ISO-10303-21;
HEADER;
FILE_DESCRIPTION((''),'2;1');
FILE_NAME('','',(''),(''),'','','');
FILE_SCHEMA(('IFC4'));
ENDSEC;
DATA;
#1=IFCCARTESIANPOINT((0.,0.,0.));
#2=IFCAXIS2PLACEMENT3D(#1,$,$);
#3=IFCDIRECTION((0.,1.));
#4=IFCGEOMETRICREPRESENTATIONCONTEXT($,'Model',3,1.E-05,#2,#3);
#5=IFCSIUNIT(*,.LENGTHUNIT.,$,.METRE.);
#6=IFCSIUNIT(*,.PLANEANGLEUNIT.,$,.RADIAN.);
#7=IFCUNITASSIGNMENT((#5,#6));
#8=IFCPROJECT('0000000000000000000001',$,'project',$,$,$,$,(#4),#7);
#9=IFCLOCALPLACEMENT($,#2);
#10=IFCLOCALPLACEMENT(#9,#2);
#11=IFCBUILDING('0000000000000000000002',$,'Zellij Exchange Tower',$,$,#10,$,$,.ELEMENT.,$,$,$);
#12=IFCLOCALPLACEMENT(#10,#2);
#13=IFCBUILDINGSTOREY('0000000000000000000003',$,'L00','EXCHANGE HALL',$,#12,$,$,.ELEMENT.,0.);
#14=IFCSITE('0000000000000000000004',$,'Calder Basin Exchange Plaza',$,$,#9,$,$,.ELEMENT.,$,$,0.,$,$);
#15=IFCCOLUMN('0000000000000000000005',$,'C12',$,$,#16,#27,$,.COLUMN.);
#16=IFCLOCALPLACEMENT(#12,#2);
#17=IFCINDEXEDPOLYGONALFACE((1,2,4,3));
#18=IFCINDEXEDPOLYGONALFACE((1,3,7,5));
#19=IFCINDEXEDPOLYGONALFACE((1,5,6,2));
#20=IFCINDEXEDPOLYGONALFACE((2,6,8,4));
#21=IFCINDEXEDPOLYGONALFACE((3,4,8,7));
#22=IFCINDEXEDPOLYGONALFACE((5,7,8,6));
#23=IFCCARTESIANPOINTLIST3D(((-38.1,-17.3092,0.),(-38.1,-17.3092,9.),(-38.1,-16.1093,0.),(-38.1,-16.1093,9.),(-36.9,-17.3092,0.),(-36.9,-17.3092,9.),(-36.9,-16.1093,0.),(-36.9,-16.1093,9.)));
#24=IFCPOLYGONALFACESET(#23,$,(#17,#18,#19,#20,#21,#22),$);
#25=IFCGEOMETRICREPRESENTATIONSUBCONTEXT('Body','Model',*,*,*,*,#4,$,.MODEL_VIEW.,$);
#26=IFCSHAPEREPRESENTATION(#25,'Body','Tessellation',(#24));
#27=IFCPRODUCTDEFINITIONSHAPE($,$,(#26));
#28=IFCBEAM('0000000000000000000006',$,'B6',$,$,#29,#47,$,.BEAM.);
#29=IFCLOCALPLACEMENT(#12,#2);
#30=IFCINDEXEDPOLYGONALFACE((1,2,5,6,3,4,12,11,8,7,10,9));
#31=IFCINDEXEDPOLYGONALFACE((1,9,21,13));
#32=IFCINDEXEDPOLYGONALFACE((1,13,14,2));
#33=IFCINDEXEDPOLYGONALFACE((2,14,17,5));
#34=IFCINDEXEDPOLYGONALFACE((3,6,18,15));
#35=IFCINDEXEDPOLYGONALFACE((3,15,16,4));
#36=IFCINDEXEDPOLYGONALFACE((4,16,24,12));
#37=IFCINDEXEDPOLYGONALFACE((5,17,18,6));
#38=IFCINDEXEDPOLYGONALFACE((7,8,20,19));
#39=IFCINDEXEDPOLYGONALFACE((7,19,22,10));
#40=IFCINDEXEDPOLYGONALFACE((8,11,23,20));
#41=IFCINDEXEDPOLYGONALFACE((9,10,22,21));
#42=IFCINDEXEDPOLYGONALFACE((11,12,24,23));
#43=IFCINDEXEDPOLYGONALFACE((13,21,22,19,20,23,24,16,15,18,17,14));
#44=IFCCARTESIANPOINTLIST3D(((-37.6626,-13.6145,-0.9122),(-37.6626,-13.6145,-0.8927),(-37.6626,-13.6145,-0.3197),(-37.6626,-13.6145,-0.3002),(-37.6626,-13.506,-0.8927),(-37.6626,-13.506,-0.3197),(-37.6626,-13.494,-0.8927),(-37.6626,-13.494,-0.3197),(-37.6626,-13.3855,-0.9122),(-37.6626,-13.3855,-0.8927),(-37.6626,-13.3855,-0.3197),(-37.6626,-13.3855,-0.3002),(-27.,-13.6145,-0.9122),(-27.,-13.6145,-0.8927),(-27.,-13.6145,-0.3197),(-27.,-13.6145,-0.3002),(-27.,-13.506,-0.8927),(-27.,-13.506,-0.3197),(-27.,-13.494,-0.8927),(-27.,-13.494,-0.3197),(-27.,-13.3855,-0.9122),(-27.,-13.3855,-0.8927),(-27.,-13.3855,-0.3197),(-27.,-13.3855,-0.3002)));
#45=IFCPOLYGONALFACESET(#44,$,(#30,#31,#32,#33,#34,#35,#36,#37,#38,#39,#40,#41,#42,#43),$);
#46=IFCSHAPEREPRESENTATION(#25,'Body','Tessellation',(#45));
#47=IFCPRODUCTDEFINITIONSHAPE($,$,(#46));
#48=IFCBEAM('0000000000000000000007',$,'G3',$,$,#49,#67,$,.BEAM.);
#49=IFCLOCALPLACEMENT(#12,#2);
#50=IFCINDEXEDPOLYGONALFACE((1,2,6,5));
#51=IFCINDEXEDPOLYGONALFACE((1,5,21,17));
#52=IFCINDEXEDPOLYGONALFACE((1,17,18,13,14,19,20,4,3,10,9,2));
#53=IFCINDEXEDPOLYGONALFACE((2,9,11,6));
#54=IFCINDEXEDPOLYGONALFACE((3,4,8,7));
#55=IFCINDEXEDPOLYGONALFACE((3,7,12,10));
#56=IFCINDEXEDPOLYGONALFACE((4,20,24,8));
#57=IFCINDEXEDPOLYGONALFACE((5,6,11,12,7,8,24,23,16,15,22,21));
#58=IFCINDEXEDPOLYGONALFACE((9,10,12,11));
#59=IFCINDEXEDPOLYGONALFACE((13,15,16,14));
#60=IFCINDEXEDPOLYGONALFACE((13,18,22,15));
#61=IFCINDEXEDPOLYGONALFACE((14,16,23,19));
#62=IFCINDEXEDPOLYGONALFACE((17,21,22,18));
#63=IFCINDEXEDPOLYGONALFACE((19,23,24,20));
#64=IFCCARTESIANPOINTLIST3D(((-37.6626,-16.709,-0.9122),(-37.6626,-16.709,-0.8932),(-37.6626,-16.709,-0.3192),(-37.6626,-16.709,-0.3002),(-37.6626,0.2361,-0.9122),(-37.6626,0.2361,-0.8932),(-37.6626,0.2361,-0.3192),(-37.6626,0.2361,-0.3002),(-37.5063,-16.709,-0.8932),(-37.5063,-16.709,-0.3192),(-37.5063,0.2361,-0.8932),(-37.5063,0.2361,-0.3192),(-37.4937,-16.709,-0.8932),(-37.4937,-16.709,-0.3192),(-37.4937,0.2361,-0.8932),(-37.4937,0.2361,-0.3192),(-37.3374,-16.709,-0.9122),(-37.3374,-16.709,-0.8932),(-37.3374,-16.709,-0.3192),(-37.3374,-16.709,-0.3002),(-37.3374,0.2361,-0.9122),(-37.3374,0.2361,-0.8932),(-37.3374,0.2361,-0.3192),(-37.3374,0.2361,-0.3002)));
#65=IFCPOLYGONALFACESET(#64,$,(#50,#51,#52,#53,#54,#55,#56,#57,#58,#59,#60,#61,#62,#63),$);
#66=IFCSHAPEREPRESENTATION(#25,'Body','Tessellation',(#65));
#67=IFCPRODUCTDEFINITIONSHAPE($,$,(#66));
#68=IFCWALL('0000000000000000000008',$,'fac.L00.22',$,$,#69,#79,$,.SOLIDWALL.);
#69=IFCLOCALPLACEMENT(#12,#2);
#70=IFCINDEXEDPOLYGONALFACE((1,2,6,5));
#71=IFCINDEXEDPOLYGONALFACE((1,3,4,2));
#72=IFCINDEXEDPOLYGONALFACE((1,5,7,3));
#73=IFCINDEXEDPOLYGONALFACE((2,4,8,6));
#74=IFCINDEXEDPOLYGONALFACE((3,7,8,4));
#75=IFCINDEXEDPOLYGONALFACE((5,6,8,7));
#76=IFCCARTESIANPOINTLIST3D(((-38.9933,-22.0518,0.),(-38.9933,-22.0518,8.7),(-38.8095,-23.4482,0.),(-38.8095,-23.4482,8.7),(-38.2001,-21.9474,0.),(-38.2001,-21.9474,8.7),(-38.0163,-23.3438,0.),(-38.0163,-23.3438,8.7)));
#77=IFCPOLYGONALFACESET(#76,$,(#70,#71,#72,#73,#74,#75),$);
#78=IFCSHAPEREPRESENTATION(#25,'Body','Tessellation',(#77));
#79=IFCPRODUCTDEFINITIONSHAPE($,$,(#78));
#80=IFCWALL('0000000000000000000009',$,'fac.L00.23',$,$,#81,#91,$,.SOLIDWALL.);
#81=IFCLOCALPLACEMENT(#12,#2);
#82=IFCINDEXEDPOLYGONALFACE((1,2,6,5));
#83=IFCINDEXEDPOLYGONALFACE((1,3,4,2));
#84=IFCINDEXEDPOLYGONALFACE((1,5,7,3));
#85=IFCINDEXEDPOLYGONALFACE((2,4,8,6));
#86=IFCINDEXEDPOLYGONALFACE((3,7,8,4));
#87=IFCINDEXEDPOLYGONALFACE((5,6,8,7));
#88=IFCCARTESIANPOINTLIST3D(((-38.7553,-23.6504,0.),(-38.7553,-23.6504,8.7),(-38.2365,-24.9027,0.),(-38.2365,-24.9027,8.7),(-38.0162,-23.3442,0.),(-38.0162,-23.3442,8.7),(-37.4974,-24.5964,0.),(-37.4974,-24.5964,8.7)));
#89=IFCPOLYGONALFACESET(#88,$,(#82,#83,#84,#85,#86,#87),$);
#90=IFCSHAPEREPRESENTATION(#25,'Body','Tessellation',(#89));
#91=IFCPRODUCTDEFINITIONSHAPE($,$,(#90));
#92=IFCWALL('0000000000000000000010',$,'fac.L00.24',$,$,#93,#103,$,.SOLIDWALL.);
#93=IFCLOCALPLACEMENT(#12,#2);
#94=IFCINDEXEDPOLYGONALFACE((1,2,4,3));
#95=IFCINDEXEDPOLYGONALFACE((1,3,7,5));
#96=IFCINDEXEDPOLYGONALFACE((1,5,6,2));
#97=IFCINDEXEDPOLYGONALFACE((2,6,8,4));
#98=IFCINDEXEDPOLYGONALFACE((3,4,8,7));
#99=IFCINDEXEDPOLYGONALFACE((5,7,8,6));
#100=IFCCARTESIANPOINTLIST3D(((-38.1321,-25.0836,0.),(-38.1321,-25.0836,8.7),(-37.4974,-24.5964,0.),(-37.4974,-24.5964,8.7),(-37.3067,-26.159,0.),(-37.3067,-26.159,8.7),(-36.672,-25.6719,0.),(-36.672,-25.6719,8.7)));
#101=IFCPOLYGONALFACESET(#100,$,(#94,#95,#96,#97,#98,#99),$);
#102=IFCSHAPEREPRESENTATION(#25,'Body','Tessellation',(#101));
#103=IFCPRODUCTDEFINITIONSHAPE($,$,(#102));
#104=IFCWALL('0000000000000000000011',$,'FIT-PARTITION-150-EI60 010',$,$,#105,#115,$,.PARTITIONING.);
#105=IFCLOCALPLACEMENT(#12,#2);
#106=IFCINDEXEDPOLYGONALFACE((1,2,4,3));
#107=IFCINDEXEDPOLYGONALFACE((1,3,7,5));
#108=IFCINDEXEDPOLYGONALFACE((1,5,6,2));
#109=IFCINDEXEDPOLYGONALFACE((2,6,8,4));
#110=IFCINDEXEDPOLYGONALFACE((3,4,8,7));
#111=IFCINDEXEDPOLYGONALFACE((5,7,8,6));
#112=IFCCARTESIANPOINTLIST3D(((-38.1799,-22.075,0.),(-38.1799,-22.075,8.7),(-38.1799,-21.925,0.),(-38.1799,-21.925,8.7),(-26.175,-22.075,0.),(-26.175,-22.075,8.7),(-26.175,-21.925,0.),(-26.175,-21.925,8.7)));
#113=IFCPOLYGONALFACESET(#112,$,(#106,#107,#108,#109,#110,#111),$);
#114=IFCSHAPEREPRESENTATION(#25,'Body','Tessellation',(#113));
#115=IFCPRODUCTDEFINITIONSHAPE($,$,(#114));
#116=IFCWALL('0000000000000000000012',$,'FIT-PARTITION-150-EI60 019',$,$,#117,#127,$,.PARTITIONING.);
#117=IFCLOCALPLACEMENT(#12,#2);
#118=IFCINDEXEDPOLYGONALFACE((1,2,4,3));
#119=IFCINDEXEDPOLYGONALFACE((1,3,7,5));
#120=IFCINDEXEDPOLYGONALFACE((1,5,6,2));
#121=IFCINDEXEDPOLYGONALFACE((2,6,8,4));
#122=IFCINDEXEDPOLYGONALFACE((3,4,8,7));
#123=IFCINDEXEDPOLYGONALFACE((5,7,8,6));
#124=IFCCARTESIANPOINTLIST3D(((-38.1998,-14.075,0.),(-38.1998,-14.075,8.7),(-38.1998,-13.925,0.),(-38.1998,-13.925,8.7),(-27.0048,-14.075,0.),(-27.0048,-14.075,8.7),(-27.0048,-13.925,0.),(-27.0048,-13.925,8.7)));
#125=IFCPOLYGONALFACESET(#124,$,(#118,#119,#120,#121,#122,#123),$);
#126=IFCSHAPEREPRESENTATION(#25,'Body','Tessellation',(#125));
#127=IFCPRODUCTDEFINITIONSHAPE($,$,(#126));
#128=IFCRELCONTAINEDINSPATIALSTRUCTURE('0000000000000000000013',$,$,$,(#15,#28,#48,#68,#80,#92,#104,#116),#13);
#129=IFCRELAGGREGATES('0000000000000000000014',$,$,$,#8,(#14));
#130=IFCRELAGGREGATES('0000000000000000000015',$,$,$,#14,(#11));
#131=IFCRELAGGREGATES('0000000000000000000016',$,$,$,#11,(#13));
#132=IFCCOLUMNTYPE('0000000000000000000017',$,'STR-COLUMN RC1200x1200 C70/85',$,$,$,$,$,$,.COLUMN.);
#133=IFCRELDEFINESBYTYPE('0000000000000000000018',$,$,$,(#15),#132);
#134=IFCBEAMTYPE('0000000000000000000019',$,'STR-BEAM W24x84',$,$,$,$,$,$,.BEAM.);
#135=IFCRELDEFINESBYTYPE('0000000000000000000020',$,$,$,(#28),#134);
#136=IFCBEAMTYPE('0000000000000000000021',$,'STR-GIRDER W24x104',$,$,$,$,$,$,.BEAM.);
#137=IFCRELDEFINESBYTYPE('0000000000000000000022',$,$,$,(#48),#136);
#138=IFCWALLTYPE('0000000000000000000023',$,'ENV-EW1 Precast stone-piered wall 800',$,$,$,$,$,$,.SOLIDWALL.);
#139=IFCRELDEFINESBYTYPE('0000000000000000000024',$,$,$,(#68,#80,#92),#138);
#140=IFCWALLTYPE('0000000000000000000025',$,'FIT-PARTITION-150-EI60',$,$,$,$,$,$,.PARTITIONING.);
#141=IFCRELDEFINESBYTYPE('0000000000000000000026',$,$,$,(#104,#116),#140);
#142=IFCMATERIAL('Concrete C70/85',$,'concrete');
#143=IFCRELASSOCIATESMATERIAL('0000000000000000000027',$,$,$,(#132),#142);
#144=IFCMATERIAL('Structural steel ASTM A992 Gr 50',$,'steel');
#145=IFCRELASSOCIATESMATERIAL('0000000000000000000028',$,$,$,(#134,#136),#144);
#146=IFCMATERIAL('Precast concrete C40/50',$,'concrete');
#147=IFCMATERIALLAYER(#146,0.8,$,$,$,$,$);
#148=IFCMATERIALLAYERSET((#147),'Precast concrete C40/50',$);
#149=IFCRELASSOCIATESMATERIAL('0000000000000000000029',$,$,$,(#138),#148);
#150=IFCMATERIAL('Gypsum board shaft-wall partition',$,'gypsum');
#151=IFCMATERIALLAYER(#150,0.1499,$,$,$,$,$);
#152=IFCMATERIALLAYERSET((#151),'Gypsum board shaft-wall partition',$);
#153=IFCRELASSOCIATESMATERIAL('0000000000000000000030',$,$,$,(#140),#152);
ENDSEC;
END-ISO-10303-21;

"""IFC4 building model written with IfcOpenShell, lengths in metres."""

from ifc_helpers import new_model, si_unit, direction, frame, frame_2d, origin, origin_2d, place, context, subcontext, project, spatial, rectangle, i_section, extrude, material, layer, layer_set, material_profile, profile_set, type_object, element, save


model = new_model("IFC4")

# Units and contexts
model_context = context("Model", 3, precision=1e-05, world=origin(), true_north=direction((0.0, 1.0)))
body_context = subcontext(model_context, "Body", "Model", "MODEL_VIEW")
ifc_project = project(units=[si_unit("LENGTHUNIT", "METRE"), si_unit("PLANEANGLEUNIT", "RADIAN")], contexts=[model_context])

# Site, building, storey
site_placement = place(None, origin())
site = spatial("IfcSite", under=ifc_project, at=site_placement, Name="Calder Basin Exchange Plaza", CompositionType="ELEMENT", RefElevation=0.0)
building_placement = place(site_placement, origin())
building = spatial("IfcBuilding", under=site, at=building_placement, Name="Zellij Exchange Tower", CompositionType="ELEMENT")
storey_placement = place(building_placement, origin())
storey = spatial("IfcBuildingStorey", under=building, at=storey_placement, Name="L00", Description="EXCHANGE HALL", CompositionType="ELEMENT", Elevation=0.0)

# Column
ifc_material_1 = material(Name="Concrete C70/85", Category="concrete")
ifc_material_profile_1 = material_profile(ifc_material_1, rectangle(XDim=1.2, YDim=1.2, at=origin_2d()), Name="STR-COLUMN RC1200x1200 C70/85")
ifc_profile_set_1 = profile_set([ifc_material_profile_1], Name="Concrete C70/85")
column_type = type_object("IfcColumnType", Name="STR-COLUMN RC1200x1200 C70/85", PredefinedType="COLUMN", material=ifc_profile_set_1)
column_placement = place(storey_placement, frame((-37.5, -16.7092, 0.0), z_axis=(0.0, 0.0, 1.0), x_axis=(1.0, 0.0, 0.0)))
element("IfcColumn", 1, at=column_placement, inside=storey, type_object=column_type, Name="C12", PredefinedType="COLUMN", context=body_context, shape_type="SweptSolid", body=[
    extrude(rectangle(XDim=1.2, YDim=1.2, at=origin_2d()), origin(), (0.0, 0.0, 1.0), 9.0),
])

# Beams
ifc_material_2 = material(Name="Structural steel ASTM A992 Gr 50", Category="steel")
ifc_material_profile_2 = material_profile(ifc_material_2, i_section(OverallWidth=0.229, OverallDepth=0.6121, WebThickness=0.012, FlangeThickness=0.0195, at=origin_2d()), Name="W24x84")
ifc_profile_set_2 = profile_set([ifc_material_profile_2], Name="Structural steel ASTM A992 Gr 50")
beam_type_1 = type_object("IfcBeamType", Name="STR-BEAM W24x84", PredefinedType="BEAM", material=ifc_profile_set_2)
beam_1_placement = place(storey_placement, frame((-37.6626, -13.5, -0.6062), z_axis=(1.0, 0.0, 0.0), x_axis=(0.0, 1.0, 0.0)))
element("IfcBeam", 2, at=beam_1_placement, inside=storey, type_object=beam_type_1, Name="B6", PredefinedType="BEAM", context=body_context, shape_type="SweptSolid", body=[
    extrude(i_section(OverallWidth=0.229, OverallDepth=0.6121, WebThickness=0.012, FlangeThickness=0.0195, at=origin_2d()), origin(), (0.0, 0.0, 1.0), 10.6626),
])
ifc_material_profile_3 = material_profile(ifc_material_2, i_section(OverallWidth=0.3252, OverallDepth=0.6121, WebThickness=0.0127, FlangeThickness=0.019, at=origin_2d()), Name="W24x104")
ifc_profile_set_3 = profile_set([ifc_material_profile_3], Name="Structural steel ASTM A992 Gr 50")
beam_type_2 = type_object("IfcBeamType", Name="STR-GIRDER W24x104", PredefinedType="BEAM", material=ifc_profile_set_3)
beam_2_placement = place(storey_placement, frame((-37.5, -16.709, -0.6062), z_axis=(0.0, 1.0, 0.0), x_axis=(-1.0, 0.0, 0.0)))
element("IfcBeam", 3, at=beam_2_placement, inside=storey, type_object=beam_type_2, Name="G3", PredefinedType="BEAM", context=body_context, shape_type="SweptSolid", body=[
    extrude(i_section(OverallWidth=0.3252, OverallDepth=0.6121, WebThickness=0.0127, FlangeThickness=0.019, at=origin_2d()), origin(), (0.0, 0.0, 1.0), 16.9451),
])

# Walls
ifc_material_3 = material(Name="Precast concrete C40/50", Category="concrete")
ifc_layer_1 = layer(ifc_material_3, 0.8)
ifc_layer_set_1 = layer_set([ifc_layer_1], Name="Precast concrete C40/50")
wall_type_1 = type_object("IfcWallType", Name="ENV-EW1 Precast stone-piered wall 800", PredefinedType="SOLIDWALL", material=ifc_layer_set_1)
wall_1_placement = place(storey_placement, frame((-38.5967, -21.9998, 0.0), z_axis=(0.0, 0.0, 1.0), x_axis=(0.130517, -0.991446, 0.0)))
element("IfcWall", 4, at=wall_1_placement, inside=storey, type_object=wall_type_1, Name="fac.L00.22", PredefinedType="SOLIDWALL", context=body_context, shape_type="SweptSolid", body=[
    extrude(rectangle(XDim=1.4084, YDim=0.8, at=frame_2d((0.7041, 0.0))), origin(), (0.0, 0.0, 1.0), 8.7),
])
wall_2_placement = place(storey_placement, frame((-38.3857, -23.4973, 0.0), z_axis=(0.0, 0.0, 1.0), x_axis=(0.38276, -0.923848, 0.0)))
element("IfcWall", 5, at=wall_2_placement, inside=storey, type_object=wall_type_1, Name="fac.L00.23", PredefinedType="SOLIDWALL", context=body_context, shape_type="SweptSolid", body=[
    extrude(rectangle(XDim=1.3555, YDim=0.8, at=frame_2d((0.6777, 0.0))), origin(), (0.0, 0.0, 1.0), 8.7),
])
wall_3_placement = place(storey_placement, frame((-37.8147, -24.8401, 0.0), z_axis=(0.0, 0.0, 1.0), x_axis=(0.608866, -0.793273, 0.0)))
element("IfcWall", 6, at=wall_3_placement, inside=storey, type_object=wall_type_1, Name="fac.L00.24", PredefinedType="SOLIDWALL", context=body_context, shape_type="SweptSolid", body=[
    extrude(rectangle(XDim=1.3557, YDim=0.8, at=frame_2d((0.6777, 0.0))), origin(), (0.0, 0.0, 1.0), 8.7),
])
ifc_material_4 = material(Name="Gypsum board shaft-wall partition", Category="gypsum")
ifc_layer_2 = layer(ifc_material_4, 0.1499)
ifc_layer_set_2 = layer_set([ifc_layer_2], Name="Gypsum board shaft-wall partition")
wall_type_2 = type_object("IfcWallType", Name="FIT-PARTITION-150-EI60", PredefinedType="PARTITIONING", material=ifc_layer_set_2)
wall_4_placement = place(storey_placement, frame((-38.1799, -22.0, 0.0), z_axis=(0.0, 0.0, 1.0), x_axis=(1.0, 0.0, 0.0)))
element("IfcWall", 7, at=wall_4_placement, inside=storey, type_object=wall_type_2, Name="FIT-PARTITION-150-EI60 010", PredefinedType="PARTITIONING", context=body_context, shape_type="SweptSolid", body=[
    extrude(rectangle(XDim=12.0049, YDim=0.1499, at=frame_2d((6.0024, 0.0))), origin(), (0.0, 0.0, 1.0), 8.7),
])
wall_5_placement = place(storey_placement, frame((-38.2, -14.0, 0.0), z_axis=(0.0, 0.0, 1.0), x_axis=(1.0, 0.0, 0.0)))
element("IfcWall", 8, at=wall_5_placement, inside=storey, type_object=wall_type_2, Name="FIT-PARTITION-150-EI60 019", PredefinedType="PARTITIONING", context=body_context, shape_type="SweptSolid", body=[
    extrude(rectangle(XDim=11.1951, YDim=0.1499, at=frame_2d((5.5977, 0.0))), origin(), (0.0, 0.0, 1.0), 8.7),
])

save(model, "model.ifc")
